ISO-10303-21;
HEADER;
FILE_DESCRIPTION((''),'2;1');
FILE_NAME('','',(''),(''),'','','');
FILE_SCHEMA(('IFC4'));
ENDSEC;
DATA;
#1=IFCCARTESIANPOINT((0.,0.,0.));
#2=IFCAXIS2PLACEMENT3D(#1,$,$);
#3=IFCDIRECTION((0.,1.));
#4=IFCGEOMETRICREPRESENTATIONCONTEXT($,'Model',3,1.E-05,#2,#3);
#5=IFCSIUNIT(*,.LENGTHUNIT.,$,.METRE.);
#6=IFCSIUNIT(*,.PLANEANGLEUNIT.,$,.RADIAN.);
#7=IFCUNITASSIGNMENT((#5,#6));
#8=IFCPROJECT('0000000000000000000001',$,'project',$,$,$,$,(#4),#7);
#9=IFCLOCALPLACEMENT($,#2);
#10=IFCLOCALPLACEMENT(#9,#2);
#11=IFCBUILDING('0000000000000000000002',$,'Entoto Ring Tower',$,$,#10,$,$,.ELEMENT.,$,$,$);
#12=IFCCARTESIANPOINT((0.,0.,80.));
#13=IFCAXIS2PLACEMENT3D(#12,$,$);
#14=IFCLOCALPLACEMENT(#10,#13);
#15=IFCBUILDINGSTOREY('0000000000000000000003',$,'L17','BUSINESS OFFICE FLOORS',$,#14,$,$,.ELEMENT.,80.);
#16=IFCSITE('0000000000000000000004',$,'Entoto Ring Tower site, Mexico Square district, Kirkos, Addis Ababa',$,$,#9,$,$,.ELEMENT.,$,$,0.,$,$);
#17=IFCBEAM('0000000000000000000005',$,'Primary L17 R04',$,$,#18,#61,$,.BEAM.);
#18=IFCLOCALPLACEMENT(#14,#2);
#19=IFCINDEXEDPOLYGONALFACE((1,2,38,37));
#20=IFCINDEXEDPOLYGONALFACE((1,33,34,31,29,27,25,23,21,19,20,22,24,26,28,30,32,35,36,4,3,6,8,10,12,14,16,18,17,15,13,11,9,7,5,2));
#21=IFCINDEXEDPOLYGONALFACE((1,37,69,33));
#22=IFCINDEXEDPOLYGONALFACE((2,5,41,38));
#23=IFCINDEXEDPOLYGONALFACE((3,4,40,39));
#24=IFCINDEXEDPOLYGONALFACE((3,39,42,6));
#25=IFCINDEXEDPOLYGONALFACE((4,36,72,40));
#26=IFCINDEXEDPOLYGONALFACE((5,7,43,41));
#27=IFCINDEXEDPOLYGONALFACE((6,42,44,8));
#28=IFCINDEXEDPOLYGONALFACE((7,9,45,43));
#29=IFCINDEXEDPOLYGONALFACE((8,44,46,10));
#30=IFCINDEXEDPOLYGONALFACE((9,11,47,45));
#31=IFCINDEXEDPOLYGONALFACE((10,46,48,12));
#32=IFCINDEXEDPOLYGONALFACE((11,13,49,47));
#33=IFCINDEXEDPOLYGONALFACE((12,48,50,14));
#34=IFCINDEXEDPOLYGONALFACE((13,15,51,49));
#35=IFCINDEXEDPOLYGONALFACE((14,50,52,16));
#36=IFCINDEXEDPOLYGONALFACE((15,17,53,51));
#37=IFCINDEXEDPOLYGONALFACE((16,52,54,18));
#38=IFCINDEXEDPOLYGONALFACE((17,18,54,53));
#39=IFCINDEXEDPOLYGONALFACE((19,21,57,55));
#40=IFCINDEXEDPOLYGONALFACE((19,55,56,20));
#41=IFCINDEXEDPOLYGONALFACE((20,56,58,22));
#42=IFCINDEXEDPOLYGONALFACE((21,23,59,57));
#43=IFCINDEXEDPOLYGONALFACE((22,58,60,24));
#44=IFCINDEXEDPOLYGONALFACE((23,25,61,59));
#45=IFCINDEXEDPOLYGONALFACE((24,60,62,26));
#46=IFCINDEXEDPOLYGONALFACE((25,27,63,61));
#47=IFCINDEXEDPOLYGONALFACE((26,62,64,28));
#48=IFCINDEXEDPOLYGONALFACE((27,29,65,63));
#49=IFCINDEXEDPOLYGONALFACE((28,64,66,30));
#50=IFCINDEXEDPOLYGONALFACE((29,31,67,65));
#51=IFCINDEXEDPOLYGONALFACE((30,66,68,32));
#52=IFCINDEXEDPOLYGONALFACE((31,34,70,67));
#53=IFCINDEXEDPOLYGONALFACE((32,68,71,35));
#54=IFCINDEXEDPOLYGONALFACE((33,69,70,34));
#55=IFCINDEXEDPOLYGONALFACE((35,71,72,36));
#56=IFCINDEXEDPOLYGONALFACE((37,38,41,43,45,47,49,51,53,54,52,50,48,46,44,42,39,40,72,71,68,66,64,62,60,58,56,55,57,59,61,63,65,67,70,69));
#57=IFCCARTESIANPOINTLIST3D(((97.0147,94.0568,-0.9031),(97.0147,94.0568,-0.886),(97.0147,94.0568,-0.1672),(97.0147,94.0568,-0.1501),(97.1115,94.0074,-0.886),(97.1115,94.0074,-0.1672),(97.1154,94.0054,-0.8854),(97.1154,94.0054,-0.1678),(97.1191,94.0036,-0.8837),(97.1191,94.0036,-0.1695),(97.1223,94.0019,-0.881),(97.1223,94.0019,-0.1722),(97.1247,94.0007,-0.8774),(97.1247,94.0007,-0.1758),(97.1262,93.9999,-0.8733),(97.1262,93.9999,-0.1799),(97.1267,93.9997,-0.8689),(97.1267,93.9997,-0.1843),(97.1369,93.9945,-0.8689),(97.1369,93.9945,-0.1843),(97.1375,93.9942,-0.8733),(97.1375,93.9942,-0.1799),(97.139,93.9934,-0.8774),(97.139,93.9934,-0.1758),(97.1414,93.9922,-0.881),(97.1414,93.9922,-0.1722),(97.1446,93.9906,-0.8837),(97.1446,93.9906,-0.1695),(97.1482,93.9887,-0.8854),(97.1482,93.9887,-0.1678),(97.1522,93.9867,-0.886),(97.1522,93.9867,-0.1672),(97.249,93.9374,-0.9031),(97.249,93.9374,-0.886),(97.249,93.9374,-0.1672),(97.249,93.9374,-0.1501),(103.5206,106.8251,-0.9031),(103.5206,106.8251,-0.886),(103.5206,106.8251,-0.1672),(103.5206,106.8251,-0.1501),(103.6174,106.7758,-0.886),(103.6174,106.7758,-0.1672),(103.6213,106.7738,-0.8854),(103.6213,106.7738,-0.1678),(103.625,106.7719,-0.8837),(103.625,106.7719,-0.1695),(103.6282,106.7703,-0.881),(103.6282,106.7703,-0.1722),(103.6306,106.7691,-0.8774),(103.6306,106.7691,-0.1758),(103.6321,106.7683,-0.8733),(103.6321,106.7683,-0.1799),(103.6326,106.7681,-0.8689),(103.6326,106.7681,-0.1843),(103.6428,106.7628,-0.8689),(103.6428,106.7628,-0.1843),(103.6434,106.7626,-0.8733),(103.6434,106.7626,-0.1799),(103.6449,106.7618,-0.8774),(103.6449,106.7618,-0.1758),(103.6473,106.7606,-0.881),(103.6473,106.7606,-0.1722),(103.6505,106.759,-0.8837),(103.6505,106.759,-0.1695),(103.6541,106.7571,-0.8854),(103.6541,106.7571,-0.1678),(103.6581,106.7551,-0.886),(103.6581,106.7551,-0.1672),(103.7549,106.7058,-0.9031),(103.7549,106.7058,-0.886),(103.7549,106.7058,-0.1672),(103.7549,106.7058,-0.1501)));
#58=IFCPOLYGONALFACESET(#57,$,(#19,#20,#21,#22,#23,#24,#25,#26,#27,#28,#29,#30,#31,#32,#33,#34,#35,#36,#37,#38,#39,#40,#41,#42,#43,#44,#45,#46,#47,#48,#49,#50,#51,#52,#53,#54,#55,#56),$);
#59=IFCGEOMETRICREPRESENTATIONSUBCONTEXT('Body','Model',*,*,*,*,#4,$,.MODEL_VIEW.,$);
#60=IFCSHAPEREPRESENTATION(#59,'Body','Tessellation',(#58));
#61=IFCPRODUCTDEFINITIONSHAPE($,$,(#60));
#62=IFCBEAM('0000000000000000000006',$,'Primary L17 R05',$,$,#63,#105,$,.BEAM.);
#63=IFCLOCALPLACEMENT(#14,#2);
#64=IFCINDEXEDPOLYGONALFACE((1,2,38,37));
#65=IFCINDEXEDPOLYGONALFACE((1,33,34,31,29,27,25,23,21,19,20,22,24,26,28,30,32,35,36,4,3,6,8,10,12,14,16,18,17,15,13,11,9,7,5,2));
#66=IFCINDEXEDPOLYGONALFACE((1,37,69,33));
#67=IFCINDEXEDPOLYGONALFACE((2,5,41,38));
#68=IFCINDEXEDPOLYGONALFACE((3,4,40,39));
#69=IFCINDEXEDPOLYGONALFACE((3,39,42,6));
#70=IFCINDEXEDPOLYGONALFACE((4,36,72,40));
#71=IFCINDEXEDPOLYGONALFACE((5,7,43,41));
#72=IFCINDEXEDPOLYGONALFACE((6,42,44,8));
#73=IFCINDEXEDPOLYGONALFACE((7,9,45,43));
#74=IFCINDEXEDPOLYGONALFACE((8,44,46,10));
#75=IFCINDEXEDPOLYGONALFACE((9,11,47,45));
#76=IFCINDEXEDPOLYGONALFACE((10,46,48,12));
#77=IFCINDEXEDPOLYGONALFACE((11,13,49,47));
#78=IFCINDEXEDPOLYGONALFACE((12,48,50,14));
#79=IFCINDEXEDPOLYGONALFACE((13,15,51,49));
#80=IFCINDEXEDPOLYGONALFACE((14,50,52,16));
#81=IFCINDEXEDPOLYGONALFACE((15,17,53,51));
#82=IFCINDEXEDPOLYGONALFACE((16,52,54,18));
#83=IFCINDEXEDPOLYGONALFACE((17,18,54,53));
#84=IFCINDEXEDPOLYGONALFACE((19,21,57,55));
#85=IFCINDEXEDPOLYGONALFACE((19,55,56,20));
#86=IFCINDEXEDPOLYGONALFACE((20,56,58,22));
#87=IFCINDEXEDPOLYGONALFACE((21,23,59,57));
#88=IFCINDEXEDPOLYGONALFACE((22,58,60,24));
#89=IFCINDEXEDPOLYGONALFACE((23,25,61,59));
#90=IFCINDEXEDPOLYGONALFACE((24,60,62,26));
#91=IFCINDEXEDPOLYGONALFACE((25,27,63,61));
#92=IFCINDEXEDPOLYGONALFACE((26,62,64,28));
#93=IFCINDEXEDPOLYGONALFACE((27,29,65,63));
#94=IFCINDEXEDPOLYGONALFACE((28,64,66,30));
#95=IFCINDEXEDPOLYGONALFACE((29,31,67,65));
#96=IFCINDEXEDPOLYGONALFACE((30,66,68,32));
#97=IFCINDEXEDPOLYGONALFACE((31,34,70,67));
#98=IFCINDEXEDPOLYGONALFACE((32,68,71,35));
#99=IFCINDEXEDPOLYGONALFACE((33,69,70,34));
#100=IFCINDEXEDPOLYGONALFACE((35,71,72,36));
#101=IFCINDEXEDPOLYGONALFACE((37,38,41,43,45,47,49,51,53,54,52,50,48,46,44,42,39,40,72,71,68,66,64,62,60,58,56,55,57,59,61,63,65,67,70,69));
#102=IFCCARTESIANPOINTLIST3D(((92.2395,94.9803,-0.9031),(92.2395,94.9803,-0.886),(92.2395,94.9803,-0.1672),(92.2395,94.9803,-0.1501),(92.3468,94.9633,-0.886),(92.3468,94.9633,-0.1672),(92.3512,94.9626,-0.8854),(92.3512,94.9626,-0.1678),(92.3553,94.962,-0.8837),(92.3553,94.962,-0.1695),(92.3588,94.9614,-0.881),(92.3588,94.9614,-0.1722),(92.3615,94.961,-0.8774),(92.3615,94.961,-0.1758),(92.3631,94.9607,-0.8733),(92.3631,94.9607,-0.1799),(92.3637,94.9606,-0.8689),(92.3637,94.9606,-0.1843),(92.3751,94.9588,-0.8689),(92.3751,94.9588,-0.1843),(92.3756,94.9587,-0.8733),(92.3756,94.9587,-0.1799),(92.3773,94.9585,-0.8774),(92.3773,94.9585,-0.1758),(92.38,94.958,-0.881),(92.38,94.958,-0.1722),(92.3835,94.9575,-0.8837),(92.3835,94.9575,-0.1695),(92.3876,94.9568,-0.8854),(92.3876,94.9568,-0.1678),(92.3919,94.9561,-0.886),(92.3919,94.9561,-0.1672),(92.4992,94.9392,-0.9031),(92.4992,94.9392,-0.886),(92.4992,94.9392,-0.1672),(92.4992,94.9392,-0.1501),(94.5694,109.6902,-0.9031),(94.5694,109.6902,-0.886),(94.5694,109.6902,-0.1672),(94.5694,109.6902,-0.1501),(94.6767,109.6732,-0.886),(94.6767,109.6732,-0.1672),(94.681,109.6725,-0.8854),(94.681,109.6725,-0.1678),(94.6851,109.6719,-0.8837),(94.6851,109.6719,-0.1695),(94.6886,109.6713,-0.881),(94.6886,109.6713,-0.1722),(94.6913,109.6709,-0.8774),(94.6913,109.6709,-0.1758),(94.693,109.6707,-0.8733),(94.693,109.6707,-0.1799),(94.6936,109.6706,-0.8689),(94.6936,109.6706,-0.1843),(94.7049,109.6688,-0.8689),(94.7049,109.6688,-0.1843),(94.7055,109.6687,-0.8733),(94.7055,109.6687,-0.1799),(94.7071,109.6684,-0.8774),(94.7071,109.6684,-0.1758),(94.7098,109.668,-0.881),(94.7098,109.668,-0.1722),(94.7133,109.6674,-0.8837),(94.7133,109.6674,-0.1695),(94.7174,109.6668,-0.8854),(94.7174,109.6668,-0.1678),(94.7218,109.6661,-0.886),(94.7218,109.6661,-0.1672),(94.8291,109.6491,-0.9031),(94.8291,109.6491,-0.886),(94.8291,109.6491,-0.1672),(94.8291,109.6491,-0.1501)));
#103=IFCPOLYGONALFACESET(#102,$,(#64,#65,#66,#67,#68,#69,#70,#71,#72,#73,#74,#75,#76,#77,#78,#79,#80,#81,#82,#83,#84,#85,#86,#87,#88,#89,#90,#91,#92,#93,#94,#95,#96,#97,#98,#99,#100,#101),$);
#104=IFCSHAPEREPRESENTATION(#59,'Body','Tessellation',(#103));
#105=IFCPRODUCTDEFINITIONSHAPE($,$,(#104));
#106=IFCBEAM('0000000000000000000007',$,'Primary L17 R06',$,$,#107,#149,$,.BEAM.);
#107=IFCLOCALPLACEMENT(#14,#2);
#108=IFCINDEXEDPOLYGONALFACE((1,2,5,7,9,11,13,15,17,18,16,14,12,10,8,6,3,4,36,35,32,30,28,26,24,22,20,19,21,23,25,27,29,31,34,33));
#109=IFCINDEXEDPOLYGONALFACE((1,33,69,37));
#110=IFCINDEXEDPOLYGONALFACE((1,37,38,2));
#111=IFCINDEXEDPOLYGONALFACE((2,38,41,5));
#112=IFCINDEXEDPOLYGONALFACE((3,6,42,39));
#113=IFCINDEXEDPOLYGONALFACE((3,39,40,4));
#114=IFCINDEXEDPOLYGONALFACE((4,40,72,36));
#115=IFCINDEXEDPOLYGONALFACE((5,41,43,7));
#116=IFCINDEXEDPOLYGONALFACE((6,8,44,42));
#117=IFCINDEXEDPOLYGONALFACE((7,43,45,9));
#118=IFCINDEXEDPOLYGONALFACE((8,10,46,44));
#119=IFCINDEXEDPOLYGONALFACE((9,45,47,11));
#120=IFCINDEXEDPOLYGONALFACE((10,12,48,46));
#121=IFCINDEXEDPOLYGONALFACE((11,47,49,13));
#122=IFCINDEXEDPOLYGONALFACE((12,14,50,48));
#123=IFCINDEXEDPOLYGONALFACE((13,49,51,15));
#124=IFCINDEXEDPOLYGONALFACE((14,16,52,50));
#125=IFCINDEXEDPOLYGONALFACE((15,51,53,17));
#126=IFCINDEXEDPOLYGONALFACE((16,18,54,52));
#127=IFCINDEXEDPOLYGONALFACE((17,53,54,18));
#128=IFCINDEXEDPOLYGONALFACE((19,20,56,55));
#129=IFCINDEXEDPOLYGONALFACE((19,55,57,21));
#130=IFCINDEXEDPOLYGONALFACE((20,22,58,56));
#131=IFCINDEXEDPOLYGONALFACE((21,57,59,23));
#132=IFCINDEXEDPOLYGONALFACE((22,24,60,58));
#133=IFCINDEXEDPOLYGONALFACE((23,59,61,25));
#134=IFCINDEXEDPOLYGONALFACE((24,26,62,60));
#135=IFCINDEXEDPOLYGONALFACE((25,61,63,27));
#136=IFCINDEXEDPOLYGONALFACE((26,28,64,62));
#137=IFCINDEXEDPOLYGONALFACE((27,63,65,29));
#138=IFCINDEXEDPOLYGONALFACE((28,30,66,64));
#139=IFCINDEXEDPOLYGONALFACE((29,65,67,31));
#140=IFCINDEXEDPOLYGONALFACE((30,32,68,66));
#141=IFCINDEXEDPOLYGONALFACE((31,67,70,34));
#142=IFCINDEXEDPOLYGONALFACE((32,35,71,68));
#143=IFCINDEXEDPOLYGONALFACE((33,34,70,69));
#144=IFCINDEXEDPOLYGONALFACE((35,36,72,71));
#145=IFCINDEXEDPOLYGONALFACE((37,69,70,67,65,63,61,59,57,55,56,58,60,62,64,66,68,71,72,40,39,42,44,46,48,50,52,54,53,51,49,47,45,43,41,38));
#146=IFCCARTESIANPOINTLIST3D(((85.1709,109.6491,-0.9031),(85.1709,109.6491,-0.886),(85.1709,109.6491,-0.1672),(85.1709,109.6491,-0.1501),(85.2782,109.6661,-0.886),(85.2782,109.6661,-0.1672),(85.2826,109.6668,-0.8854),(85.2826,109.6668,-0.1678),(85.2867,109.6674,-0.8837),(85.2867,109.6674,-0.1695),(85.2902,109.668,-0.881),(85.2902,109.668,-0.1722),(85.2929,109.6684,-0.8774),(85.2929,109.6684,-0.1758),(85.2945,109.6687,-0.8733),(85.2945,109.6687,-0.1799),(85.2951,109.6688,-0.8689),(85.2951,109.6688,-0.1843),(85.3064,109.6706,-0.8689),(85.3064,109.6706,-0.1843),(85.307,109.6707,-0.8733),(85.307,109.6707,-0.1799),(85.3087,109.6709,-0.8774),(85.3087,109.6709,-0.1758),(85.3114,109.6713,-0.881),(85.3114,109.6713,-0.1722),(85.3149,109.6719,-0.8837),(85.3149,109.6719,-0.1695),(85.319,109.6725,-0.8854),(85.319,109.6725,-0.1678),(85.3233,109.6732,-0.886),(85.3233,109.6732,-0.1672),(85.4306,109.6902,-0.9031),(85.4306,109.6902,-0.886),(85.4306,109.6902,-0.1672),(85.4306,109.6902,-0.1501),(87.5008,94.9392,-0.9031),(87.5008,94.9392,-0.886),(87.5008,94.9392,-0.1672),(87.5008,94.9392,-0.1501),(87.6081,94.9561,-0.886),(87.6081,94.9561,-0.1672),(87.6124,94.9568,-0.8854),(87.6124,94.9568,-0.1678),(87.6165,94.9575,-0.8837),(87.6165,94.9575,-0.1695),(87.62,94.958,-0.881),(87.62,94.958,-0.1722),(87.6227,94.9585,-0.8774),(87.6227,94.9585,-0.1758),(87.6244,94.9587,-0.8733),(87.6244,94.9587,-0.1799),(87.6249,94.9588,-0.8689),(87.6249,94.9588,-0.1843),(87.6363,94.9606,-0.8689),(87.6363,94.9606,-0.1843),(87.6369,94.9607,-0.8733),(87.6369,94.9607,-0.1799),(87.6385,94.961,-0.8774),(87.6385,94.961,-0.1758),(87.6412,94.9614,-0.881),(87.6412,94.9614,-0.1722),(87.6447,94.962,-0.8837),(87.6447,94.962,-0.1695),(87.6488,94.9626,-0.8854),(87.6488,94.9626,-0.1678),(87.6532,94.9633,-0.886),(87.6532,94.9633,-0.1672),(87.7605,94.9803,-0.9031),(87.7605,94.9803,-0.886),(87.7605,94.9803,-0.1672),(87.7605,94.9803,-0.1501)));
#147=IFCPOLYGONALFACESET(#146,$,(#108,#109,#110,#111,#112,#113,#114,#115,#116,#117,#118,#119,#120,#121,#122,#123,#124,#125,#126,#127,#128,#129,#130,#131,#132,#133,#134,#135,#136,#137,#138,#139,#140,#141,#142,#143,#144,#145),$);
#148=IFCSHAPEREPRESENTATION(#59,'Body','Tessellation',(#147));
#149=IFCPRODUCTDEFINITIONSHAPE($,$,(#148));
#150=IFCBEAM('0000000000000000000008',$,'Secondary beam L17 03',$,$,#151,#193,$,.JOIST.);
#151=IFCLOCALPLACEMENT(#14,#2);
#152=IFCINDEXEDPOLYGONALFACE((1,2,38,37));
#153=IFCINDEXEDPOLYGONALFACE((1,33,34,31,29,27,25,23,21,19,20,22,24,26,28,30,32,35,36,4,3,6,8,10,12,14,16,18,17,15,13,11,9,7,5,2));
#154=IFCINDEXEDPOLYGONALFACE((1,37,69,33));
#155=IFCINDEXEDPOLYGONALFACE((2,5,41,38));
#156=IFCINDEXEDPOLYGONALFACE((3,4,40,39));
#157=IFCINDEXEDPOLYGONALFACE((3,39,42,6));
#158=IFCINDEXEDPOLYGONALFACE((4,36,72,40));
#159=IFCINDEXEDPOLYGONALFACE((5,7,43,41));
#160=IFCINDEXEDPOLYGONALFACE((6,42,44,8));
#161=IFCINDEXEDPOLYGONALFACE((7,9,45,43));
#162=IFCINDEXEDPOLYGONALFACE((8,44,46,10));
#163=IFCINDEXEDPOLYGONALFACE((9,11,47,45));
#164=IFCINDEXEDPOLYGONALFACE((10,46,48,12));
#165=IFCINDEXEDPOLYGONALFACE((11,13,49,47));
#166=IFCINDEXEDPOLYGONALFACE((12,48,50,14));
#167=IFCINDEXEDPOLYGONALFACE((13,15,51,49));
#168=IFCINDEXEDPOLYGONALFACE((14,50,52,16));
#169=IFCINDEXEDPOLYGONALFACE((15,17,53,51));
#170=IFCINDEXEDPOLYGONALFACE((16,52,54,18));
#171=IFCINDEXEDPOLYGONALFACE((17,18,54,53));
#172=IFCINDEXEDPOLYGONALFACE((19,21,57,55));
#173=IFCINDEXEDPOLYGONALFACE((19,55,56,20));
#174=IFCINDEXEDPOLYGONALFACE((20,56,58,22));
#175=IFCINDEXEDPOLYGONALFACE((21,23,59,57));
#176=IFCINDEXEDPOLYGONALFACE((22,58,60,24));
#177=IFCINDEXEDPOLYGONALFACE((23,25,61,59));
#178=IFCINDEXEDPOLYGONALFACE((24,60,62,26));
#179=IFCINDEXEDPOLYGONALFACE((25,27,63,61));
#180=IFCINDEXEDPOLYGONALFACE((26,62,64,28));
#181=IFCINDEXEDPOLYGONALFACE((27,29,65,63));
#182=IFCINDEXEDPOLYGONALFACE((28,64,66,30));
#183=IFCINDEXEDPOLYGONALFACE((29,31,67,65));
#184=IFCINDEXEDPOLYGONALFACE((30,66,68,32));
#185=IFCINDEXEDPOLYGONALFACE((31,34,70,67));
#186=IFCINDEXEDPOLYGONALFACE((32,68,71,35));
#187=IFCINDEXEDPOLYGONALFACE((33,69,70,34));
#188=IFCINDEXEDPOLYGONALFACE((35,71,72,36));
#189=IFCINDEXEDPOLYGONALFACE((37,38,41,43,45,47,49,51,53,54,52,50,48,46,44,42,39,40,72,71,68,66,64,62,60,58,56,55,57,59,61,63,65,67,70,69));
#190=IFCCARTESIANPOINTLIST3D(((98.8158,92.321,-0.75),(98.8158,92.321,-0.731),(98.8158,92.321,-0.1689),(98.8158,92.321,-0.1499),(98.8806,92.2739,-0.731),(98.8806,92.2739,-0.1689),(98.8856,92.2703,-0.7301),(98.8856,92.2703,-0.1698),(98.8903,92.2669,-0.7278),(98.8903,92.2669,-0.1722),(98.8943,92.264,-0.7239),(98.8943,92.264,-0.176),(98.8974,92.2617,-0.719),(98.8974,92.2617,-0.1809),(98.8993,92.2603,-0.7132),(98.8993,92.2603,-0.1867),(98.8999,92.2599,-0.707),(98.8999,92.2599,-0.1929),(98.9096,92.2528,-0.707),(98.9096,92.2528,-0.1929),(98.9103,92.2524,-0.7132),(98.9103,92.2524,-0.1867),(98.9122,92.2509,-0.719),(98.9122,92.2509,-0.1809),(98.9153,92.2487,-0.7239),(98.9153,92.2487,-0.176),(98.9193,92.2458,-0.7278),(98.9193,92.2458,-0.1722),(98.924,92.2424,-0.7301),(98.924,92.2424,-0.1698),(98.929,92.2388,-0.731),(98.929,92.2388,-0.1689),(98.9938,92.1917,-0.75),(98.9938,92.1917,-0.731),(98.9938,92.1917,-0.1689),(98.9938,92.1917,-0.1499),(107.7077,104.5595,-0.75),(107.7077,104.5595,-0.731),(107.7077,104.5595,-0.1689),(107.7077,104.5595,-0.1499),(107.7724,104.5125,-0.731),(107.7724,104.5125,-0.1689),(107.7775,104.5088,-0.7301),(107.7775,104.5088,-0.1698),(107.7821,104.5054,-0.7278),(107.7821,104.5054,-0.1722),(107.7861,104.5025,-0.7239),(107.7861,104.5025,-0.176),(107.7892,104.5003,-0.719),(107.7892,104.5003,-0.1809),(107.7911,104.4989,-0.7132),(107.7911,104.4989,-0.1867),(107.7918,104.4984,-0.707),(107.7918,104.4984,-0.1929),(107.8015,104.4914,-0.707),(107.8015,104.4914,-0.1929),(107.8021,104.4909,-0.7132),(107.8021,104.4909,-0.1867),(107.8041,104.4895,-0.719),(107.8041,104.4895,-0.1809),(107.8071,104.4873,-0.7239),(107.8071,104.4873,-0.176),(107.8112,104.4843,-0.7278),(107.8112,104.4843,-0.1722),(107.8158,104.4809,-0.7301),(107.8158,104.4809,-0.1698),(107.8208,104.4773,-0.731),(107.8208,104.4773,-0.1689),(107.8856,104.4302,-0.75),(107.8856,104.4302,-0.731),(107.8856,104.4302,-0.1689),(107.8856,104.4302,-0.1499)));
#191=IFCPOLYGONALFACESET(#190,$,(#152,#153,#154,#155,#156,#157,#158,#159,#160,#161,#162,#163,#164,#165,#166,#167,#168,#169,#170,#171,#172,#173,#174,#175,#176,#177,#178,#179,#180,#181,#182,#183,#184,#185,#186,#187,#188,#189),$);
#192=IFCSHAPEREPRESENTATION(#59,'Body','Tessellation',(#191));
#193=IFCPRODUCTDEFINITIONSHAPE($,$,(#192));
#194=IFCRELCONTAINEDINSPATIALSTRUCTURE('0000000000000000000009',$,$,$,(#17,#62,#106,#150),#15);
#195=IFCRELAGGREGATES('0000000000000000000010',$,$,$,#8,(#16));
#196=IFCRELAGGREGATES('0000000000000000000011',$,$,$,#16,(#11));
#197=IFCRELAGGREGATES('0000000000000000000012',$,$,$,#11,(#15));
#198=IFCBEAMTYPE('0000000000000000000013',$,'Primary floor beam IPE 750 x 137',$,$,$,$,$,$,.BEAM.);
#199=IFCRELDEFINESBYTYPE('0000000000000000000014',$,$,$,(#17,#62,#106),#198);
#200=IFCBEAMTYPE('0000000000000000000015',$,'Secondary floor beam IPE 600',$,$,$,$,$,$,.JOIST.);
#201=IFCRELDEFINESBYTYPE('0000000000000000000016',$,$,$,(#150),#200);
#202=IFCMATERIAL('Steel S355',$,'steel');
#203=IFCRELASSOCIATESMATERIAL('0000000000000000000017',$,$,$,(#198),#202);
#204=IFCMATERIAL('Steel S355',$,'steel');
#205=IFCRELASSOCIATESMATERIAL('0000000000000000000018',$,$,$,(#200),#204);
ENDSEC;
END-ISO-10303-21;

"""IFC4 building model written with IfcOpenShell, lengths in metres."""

from ifc_helpers import new_model, si_unit, direction, frame, origin, origin_2d, place, context, subcontext, project, spatial, i_section, extrude, material, material_profile, profile_set, type_object, element, save


model = new_model("IFC4")

# Units and contexts
model_context = context("Model", 3, precision=1e-05, world=origin(), true_north=direction((0.0, 1.0)))
body_context = subcontext(model_context, "Body", "Model", "MODEL_VIEW")
ifc_project = project(units=[si_unit("LENGTHUNIT", "METRE"), si_unit("PLANEANGLEUNIT", "RADIAN")], contexts=[model_context])

# Site, building, storey
site_placement = place(None, origin())
site = spatial("IfcSite", under=ifc_project, at=site_placement, Name="Entoto Ring Tower site, Mexico Square district, Kirkos, Addis Ababa", CompositionType="ELEMENT", RefElevation=0.0)
building_placement = place(site_placement, origin())
building = spatial("IfcBuilding", under=site, at=building_placement, Name="Entoto Ring Tower", CompositionType="ELEMENT")
storey_placement = place(building_placement, frame((0.0, 0.0, 80.0)))
storey = spatial("IfcBuildingStorey", under=building, at=storey_placement, Name="L17", Description="BUSINESS OFFICE FLOORS", CompositionType="ELEMENT", Elevation=80.0)

# Beams
ifc_material_1 = material(Name="Steel S355", Category="steel")
ifc_material_profile_1 = material_profile(ifc_material_1, i_section(OverallWidth=0.2629, OverallDepth=0.7529, WebThickness=0.0115, FlangeThickness=0.0171, FilletRadius=0.0171, at=origin_2d()), Name="IPE 750 x 137")
ifc_profile_set_1 = profile_set([ifc_material_profile_1], Name="Steel S355")
beam_type_1 = type_object("IfcBeamType", Name="Primary floor beam IPE 750 x 137", PredefinedType="BEAM", material=ifc_profile_set_1)
beam_1_placement = place(storey_placement, frame((97.1318, 93.9971, -0.5266), z_axis=(0.453995, 0.891004, 0.0), x_axis=(-0.891004, 0.453995, 0.0)))
element("IfcBeam", 1, at=beam_1_placement, inside=storey, type_object=beam_type_1, Name="Primary L17 R04", PredefinedType="BEAM", context=body_context, shape_type="SweptSolid", body=[
    extrude(i_section(OverallWidth=0.2629, OverallDepth=0.7529, WebThickness=0.0115, FlangeThickness=0.0171, FilletRadius=0.0171, at=origin_2d()), origin(), (0.0, 0.0, 1.0), 14.3303),
])
for number, where, z_axis, x_axis, name in (
    (2, (92.3694, 94.9597, -0.5266), (0.156435, 0.987688, 0.0), (-0.987688, 0.156435, 0.0), "Primary L17 R05"),
    (3, (87.6306, 94.9597, -0.5266), (-0.156435, 0.987688, 0.0), (-0.987688, -0.156435, 0.0), "Primary L17 R06"),
):
    element("IfcBeam", number, at=place(storey_placement, frame(where, z_axis=z_axis, x_axis=x_axis)), inside=storey, type_object=beam_type_1, Name=name, PredefinedType="BEAM", context=body_context, shape_type="SweptSolid", body=[
        extrude(i_section(OverallWidth=0.2629, OverallDepth=0.7529, WebThickness=0.0115, FlangeThickness=0.0171, FilletRadius=0.0171, at=origin_2d()), origin(), (0.0, 0.0, 1.0), 14.8933),
    ])
ifc_material_2 = material(Name="Steel S355", Category="steel")
ifc_material_profile_2 = material_profile(ifc_material_2, i_section(OverallWidth=0.22, OverallDepth=0.6001, WebThickness=0.012, FlangeThickness=0.019, FilletRadius=0.0239, at=origin_2d()), Name="IPE 600")
ifc_profile_set_2 = profile_set([ifc_material_profile_2], Name="Steel S355")
beam_type_2 = type_object("IfcBeamType", Name="Secondary floor beam IPE 600", PredefinedType="JOIST", material=ifc_profile_set_2)
beam_2_placement = place(storey_placement, frame((98.9048, 92.2563, -0.45), z_axis=(0.587787, 0.809016, 0.0), x_axis=(-0.809016, 0.587787, 0.0)))
element("IfcBeam", 4, at=beam_2_placement, inside=storey, type_object=beam_type_2, Name="Secondary beam L17 03", PredefinedType="JOIST", context=body_context, shape_type="SweptSolid", body=[
    extrude(i_section(OverallWidth=0.22, OverallDepth=0.6001, WebThickness=0.012, FlangeThickness=0.019, FilletRadius=0.0239, at=origin_2d()), origin(), (0.0, 0.0, 1.0), 15.1277),
])

save(model, "model.ifc")
